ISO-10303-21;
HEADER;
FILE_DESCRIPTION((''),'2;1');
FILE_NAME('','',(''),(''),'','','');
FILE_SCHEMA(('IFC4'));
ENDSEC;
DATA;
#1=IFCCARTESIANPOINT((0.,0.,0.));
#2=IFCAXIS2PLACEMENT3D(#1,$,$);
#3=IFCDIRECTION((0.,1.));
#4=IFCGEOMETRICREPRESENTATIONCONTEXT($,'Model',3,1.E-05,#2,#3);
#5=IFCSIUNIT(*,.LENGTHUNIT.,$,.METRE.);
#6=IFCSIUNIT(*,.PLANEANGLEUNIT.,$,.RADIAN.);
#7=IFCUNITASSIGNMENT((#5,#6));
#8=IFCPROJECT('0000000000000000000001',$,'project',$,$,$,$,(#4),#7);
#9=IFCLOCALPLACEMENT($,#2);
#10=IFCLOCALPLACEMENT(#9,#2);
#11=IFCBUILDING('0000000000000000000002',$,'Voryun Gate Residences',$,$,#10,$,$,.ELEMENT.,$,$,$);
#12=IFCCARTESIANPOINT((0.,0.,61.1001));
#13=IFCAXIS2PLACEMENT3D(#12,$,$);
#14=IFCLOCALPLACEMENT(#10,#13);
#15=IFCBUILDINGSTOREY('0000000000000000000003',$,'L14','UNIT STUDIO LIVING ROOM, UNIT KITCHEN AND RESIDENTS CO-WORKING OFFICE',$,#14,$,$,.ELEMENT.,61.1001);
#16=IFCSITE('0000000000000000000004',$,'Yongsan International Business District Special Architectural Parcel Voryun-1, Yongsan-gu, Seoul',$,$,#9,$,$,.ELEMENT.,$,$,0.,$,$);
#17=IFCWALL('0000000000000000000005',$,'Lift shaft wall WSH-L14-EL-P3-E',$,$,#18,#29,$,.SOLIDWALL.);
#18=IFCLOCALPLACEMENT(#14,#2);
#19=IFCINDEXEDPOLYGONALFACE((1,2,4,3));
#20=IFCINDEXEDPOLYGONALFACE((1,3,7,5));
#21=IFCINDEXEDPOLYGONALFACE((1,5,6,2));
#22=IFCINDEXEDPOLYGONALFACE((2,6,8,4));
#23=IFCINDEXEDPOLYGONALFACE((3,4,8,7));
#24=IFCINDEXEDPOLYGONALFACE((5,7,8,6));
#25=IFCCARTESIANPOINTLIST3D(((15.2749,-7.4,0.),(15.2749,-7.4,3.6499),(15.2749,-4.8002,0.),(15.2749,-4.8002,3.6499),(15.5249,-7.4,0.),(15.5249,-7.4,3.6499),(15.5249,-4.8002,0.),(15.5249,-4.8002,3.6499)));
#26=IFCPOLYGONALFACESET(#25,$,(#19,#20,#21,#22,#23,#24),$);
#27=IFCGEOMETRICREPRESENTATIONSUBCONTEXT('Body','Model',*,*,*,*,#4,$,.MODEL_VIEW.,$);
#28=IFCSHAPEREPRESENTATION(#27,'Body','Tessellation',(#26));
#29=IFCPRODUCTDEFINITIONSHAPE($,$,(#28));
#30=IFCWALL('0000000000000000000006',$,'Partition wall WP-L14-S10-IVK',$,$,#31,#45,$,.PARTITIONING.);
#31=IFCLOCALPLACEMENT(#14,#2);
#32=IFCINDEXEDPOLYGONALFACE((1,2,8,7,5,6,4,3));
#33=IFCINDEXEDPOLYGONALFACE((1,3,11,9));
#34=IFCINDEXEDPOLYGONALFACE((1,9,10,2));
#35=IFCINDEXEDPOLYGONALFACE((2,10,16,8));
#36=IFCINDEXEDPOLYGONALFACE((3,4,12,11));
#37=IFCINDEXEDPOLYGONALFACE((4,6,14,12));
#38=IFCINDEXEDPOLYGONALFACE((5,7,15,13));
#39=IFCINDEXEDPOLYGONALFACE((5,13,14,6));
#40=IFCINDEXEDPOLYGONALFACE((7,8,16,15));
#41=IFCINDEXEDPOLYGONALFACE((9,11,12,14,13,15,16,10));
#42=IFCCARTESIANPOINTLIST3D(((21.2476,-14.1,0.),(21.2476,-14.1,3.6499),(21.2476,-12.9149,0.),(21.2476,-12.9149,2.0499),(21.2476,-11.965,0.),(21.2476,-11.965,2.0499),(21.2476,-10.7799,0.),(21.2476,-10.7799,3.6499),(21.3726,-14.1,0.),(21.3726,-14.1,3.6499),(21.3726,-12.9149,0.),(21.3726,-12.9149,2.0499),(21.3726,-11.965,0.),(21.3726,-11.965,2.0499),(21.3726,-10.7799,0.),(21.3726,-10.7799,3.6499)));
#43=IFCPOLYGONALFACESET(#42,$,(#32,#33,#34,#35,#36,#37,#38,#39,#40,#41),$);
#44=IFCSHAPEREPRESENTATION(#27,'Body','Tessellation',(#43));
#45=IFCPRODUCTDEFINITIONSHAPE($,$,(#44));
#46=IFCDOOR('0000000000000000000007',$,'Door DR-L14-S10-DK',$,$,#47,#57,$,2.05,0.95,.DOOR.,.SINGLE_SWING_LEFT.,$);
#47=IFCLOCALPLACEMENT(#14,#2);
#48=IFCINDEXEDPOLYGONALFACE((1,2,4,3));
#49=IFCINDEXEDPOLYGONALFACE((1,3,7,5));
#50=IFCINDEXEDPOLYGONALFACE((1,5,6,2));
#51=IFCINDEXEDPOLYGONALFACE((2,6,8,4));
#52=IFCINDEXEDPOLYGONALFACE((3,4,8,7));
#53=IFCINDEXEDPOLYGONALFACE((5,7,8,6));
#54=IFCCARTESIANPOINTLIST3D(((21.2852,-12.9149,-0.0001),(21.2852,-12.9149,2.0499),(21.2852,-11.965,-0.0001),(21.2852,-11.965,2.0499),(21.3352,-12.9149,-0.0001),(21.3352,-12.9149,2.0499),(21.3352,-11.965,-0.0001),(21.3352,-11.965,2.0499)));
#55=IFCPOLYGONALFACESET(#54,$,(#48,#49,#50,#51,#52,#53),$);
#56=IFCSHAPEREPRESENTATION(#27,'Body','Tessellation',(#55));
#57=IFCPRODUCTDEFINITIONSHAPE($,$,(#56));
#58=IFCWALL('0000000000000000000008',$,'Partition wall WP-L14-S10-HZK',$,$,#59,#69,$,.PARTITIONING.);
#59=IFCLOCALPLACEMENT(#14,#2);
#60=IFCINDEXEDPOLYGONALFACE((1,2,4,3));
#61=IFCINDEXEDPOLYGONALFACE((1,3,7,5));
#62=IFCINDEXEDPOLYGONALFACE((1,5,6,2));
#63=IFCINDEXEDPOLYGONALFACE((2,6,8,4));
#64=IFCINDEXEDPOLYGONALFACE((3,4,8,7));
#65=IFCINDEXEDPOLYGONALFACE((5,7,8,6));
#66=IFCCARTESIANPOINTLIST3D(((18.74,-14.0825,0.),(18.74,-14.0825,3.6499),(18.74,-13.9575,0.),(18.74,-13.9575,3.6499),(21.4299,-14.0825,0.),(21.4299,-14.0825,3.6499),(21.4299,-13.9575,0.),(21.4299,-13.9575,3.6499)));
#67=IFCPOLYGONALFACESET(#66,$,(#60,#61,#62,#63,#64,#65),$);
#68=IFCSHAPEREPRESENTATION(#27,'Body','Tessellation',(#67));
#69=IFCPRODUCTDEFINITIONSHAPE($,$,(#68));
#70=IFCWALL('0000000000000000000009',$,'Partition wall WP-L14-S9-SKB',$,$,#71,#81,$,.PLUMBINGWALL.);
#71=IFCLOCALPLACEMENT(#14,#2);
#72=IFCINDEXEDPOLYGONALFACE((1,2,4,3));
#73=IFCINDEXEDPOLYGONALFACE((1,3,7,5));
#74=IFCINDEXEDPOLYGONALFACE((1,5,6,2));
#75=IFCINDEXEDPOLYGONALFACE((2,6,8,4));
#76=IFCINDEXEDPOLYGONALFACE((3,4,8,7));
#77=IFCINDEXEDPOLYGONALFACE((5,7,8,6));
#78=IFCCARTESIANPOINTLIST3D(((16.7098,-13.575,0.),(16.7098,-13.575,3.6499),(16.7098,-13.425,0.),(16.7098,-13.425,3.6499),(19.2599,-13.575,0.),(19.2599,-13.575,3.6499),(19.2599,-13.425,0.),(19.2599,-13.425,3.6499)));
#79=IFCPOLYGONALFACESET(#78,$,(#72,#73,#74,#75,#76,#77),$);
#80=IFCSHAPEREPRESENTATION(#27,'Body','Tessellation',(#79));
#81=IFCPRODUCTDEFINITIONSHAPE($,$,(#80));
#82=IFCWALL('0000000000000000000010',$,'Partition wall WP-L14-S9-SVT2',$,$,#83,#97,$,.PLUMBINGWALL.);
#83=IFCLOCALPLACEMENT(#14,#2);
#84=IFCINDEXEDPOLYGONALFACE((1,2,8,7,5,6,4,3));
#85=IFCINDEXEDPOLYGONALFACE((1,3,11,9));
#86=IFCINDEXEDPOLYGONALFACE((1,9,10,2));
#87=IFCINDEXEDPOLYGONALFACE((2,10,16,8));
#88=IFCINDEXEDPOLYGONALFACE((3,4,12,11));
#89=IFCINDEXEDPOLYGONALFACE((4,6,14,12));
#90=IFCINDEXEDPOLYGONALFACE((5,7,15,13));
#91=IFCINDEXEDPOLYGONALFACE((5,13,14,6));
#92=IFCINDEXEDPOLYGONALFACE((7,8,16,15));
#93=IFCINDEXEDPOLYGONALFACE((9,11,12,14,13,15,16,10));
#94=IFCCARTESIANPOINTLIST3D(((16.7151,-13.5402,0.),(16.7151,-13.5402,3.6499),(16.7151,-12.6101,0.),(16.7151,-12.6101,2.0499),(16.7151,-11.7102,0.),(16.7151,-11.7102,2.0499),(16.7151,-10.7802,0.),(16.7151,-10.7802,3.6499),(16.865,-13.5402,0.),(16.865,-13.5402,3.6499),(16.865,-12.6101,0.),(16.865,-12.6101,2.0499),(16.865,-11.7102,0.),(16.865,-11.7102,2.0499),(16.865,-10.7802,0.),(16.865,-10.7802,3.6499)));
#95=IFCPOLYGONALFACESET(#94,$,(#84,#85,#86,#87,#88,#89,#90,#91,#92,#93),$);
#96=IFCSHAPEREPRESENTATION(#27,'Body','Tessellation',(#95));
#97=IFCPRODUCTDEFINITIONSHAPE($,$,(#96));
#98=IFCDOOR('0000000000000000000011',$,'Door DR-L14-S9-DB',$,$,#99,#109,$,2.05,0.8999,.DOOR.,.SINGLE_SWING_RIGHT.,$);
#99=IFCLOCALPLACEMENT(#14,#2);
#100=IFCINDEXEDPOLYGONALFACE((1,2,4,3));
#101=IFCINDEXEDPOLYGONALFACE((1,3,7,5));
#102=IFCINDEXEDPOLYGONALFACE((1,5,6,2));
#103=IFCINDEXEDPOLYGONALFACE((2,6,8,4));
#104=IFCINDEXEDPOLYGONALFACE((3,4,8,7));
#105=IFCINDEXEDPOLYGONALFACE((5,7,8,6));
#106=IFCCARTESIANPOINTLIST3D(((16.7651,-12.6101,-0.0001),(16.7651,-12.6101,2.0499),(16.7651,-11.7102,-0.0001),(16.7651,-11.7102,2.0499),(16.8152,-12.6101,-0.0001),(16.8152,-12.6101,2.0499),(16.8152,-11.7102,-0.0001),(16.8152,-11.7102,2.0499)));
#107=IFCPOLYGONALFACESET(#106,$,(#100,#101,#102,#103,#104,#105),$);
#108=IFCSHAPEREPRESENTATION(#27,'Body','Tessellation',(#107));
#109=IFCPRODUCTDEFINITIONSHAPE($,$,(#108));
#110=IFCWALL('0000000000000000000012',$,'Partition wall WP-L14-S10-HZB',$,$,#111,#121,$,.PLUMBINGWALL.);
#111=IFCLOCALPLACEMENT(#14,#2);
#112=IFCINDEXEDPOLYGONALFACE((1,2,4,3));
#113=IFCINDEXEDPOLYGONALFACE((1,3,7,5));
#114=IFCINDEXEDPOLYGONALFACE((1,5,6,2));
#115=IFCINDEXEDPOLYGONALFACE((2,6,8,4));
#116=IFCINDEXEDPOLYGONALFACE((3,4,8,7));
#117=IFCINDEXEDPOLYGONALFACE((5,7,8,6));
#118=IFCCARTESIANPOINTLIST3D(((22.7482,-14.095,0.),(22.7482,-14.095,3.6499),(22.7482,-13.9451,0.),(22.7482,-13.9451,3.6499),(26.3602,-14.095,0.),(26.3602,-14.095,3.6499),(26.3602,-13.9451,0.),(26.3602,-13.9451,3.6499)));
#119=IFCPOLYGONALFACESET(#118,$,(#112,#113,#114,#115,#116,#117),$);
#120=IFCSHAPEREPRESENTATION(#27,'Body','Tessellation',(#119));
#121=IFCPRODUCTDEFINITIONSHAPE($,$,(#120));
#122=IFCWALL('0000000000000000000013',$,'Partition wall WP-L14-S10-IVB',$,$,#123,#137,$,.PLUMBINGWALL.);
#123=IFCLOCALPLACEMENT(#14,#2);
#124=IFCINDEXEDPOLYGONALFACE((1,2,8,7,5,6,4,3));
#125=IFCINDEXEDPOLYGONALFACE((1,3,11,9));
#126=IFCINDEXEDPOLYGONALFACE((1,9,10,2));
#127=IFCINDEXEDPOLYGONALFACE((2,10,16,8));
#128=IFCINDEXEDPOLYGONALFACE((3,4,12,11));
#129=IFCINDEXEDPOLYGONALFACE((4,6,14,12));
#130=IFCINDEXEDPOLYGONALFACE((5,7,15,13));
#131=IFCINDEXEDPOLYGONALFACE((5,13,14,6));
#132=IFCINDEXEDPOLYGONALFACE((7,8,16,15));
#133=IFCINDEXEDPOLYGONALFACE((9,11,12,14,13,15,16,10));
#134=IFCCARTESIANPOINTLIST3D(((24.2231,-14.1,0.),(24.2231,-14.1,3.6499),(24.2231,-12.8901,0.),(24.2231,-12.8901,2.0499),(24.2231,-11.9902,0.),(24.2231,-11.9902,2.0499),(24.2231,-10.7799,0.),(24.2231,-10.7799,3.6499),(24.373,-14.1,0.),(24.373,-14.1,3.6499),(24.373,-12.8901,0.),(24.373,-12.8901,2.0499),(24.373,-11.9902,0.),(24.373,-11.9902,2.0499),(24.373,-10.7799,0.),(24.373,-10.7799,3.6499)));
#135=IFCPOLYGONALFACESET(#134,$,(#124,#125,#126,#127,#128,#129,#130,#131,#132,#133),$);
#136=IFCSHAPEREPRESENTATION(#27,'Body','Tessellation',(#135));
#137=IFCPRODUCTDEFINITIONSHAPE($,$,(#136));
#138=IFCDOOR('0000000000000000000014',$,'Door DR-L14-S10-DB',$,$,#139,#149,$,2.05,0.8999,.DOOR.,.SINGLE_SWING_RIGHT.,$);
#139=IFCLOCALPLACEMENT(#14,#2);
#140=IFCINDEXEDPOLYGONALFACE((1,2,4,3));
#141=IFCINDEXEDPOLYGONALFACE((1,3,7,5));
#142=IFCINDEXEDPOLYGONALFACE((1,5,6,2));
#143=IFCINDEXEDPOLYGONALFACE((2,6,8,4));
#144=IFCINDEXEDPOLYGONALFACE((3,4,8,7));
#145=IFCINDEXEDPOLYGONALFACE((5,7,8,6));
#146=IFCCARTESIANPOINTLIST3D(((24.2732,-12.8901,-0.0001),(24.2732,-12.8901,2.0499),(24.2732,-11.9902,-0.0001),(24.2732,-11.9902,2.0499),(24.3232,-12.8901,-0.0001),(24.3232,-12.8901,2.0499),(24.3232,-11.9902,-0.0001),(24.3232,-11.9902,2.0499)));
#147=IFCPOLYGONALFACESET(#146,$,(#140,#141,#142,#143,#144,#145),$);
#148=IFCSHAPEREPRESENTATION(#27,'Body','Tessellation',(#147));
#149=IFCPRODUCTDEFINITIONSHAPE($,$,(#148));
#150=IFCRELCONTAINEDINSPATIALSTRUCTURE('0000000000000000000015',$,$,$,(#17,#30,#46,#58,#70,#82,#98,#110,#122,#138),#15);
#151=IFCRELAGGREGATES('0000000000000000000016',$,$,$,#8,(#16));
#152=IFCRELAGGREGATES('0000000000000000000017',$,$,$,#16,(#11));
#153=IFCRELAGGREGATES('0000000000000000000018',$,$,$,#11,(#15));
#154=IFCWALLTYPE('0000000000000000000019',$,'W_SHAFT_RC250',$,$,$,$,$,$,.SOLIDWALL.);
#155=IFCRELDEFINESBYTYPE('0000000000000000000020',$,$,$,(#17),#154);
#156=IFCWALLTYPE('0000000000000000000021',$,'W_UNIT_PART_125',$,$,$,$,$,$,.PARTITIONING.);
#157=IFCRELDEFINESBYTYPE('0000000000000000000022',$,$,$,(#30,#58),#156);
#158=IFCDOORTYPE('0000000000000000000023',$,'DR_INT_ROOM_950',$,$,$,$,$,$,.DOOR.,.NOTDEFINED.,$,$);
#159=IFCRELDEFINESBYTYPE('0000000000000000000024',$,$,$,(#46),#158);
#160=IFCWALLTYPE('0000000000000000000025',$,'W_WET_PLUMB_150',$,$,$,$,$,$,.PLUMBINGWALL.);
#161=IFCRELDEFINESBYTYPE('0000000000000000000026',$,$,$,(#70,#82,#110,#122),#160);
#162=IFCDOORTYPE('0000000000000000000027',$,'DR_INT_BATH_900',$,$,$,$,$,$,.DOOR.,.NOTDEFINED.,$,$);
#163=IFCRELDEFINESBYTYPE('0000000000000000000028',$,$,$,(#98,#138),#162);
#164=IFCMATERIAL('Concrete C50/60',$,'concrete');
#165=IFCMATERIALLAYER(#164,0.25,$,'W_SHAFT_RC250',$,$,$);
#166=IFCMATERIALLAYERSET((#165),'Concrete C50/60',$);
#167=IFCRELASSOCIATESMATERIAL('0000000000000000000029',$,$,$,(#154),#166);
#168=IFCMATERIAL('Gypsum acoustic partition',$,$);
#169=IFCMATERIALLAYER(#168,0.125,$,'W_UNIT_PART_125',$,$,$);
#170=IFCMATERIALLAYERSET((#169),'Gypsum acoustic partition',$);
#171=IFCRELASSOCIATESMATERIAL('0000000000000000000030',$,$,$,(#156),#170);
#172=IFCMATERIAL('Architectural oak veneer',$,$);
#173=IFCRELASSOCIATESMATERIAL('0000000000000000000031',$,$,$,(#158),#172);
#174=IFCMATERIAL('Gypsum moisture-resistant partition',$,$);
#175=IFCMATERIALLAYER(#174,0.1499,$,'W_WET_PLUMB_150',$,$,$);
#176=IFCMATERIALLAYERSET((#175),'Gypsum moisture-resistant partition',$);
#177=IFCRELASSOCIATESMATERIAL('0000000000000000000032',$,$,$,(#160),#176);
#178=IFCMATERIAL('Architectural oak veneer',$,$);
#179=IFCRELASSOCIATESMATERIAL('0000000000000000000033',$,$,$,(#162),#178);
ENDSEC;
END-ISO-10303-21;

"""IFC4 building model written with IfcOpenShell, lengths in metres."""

from ifc_helpers import new_model, si_unit, direction, frame, frame_2d, origin, place, context, subcontext, project, spatial, rectangle, extrude, material, layer, layer_set, type_object, element, fill, save


model = new_model("IFC4")

# Units and contexts
model_context = context("Model", 3, precision=1e-05, world=origin(), true_north=direction((0.0, 1.0)))
body_context = subcontext(model_context, "Body", "Model", "MODEL_VIEW")
ifc_project = project(units=[si_unit("LENGTHUNIT", "METRE"), si_unit("PLANEANGLEUNIT", "RADIAN")], contexts=[model_context])

# Site, building, storey
site_placement = place(None, origin())
site = spatial("IfcSite", under=ifc_project, at=site_placement, Name="Yongsan International Business District Special Architectural Parcel Voryun-1, Yongsan-gu, Seoul", CompositionType="ELEMENT", RefElevation=0.0)
building_placement = place(site_placement, origin())
building = spatial("IfcBuilding", under=site, at=building_placement, Name="Voryun Gate Residences", CompositionType="ELEMENT")
storey_placement = place(building_placement, frame((0.0, 0.0, 61.1001)))
storey = spatial("IfcBuildingStorey", under=building, at=storey_placement, Name="L14", Description="UNIT STUDIO LIVING ROOM, UNIT KITCHEN AND RESIDENTS CO-WORKING OFFICE", CompositionType="ELEMENT", Elevation=61.1001)

# Wall
ifc_material_1 = material(Name="Concrete C50/60", Category="concrete")
ifc_layer_1 = layer(ifc_material_1, 0.25, Name="W_SHAFT_RC250")
ifc_layer_set_1 = layer_set([ifc_layer_1], Name="Concrete C50/60")
wall_type_1 = type_object("IfcWallType", Name="W_SHAFT_RC250", PredefinedType="SOLIDWALL", material=ifc_layer_set_1)
wall_1_placement = place(storey_placement, frame((15.3999, -7.3999, 0.0), z_axis=(0.0, 0.0, 1.0), x_axis=(0.0, 1.0, 0.0)))
element("IfcWall", 1, at=wall_1_placement, inside=storey, type_object=wall_type_1, Name="Lift shaft wall WSH-L14-EL-P3-E", PredefinedType="SOLIDWALL", context=body_context, shape_type="SweptSolid", body=[
    extrude(rectangle(XDim=2.5999, YDim=0.25, at=frame_2d((1.2998, 0.0))), origin(), (0.0, 0.0, 1.0), 3.6499),
])

# Wall, opening, door
ifc_material_2 = material(Name="Gypsum acoustic partition")
ifc_layer_2 = layer(ifc_material_2, 0.125, Name="W_UNIT_PART_125")
ifc_layer_set_2 = layer_set([ifc_layer_2], Name="Gypsum acoustic partition")
wall_type_2 = type_object("IfcWallType", Name="W_UNIT_PART_125", PredefinedType="PARTITIONING", material=ifc_layer_set_2)
wall_2_placement = place(storey_placement, frame((21.3101, -14.1001, 0.0), z_axis=(0.0, 0.0, 1.0), x_axis=(0.0, 1.0, 0.0)))
wall_2 = element("IfcWall", 2, at=wall_2_placement, inside=storey, type_object=wall_type_2, Name="Partition wall WP-L14-S10-IVK", PredefinedType="PARTITIONING", context=body_context, shape_type="SweptSolid", body=[
    extrude(rectangle(XDim=3.3201, YDim=0.125, at=frame_2d((1.6602, 0.0))), origin(), (0.0, 0.0, 1.0), 3.6499),
])
opening_1_placement = place(wall_2_placement, frame((1.1851, 0.0, 0.0)))
opening_1 = element("IfcOpeningElement", 3, at=opening_1_placement, cuts=wall_2, PredefinedType="OPENING", context=body_context, shape_type="SweptSolid", body=[
    extrude(rectangle(XDim=0.95, YDim=2.05, at=frame_2d((0.4751, 1.0249))), frame((0.0, 0.0725, 0.0), z_axis=(0.0, -1.0, 0.0), x_axis=(1.0, 0.0, 0.0)), (0.0, 0.0, 1.0), 0.145),
])
ifc_material_3 = material(Name="Architectural oak veneer")
door_type_1 = type_object("IfcDoorType", Name="DR_INT_ROOM_950", OperationType="NOTDEFINED", PredefinedType="DOOR", material=ifc_material_3)
door_1_placement = place(opening_1_placement, origin())
door_1 = element("IfcDoor", 4, at=door_1_placement, inside=storey, type_object=door_type_1, Name="Door DR-L14-S10-DK", OperationType="SINGLE_SWING_LEFT", OverallHeight=2.05, OverallWidth=0.95, PredefinedType="DOOR", context=body_context, shape_type="SweptSolid", body=[
    extrude(rectangle(XDim=0.95, YDim=2.05, at=frame_2d((0.4751, 1.0249))), frame((0.0, 0.0249, 0.0), z_axis=(0.0, -1.0, 0.0), x_axis=(1.0, 0.0, 0.0)), (0.0, 0.0, 1.0), 0.05),
])
fill(opening_1, door_1)

# Walls
wall_3_placement = place(storey_placement, frame((18.74, -14.02, 0.0), z_axis=(0.0, 0.0, 1.0), x_axis=(1.0, 0.0, 0.0)))
element("IfcWall", 5, at=wall_3_placement, inside=storey, type_object=wall_type_2, Name="Partition wall WP-L14-S10-HZK", PredefinedType="PARTITIONING", context=body_context, shape_type="SweptSolid", body=[
    extrude(rectangle(XDim=2.6899, YDim=0.125, at=frame_2d((1.345, 0.0))), origin(), (0.0, 0.0, 1.0), 3.6499),
])
ifc_material_4 = material(Name="Gypsum moisture-resistant partition")
ifc_layer_3 = layer(ifc_material_4, 0.1499, Name="W_WET_PLUMB_150")
ifc_layer_set_3 = layer_set([ifc_layer_3], Name="Gypsum moisture-resistant partition")
wall_type_3 = type_object("IfcWallType", Name="W_WET_PLUMB_150", PredefinedType="PLUMBINGWALL", material=ifc_layer_set_3)
wall_4_placement = place(storey_placement, frame((16.71, -13.5, 0.0), z_axis=(0.0, 0.0, 1.0), x_axis=(1.0, 0.0, 0.0)))
element("IfcWall", 6, at=wall_4_placement, inside=storey, type_object=wall_type_3, Name="Partition wall WP-L14-S9-SKB", PredefinedType="PLUMBINGWALL", context=body_context, shape_type="SweptSolid", body=[
    extrude(rectangle(XDim=2.55, YDim=0.1499, at=frame_2d((1.2749, 0.0))), origin(), (0.0, 0.0, 1.0), 3.6499),
])

# Wall, opening, door
wall_5_placement = place(storey_placement, frame((16.79, -13.54, 0.0), z_axis=(0.0, 0.0, 1.0), x_axis=(0.0, 1.0, 0.0)))
wall_5 = element("IfcWall", 7, at=wall_5_placement, inside=storey, type_object=wall_type_3, Name="Partition wall WP-L14-S9-SVT2", PredefinedType="PLUMBINGWALL", context=body_context, shape_type="SweptSolid", body=[
    extrude(rectangle(XDim=2.76, YDim=0.1499, at=frame_2d((1.3799, 0.0))), origin(), (0.0, 0.0, 1.0), 3.6499),
])
opening_2_placement = place(wall_5_placement, frame((0.9299, 0.0, 0.0)))
opening_2 = element("IfcOpeningElement", 8, at=opening_2_placement, cuts=wall_5, PredefinedType="OPENING", context=body_context, shape_type="SweptSolid", body=[
    extrude(rectangle(XDim=0.8999, YDim=2.05, at=frame_2d((0.45, 1.0249))), frame((0.0, 0.085, 0.0), z_axis=(0.0, -1.0, 0.0), x_axis=(1.0, 0.0, 0.0)), (0.0, 0.0, 1.0), 0.1699),
])
ifc_material_5 = material(Name="Architectural oak veneer")
door_type_2 = type_object("IfcDoorType", Name="DR_INT_BATH_900", OperationType="NOTDEFINED", PredefinedType="DOOR", material=ifc_material_5)
door_2_placement = place(opening_2_placement, origin())
door_2 = element("IfcDoor", 9, at=door_2_placement, inside=storey, type_object=door_type_2, Name="Door DR-L14-S9-DB", OperationType="SINGLE_SWING_RIGHT", OverallHeight=2.05, OverallWidth=0.8999, PredefinedType="DOOR", context=body_context, shape_type="SweptSolid", body=[
    extrude(rectangle(XDim=0.8999, YDim=2.05, at=frame_2d((0.45, 1.0249))), frame((0.0, 0.0249, 0.0), z_axis=(0.0, -1.0, 0.0), x_axis=(1.0, 0.0, 0.0)), (0.0, 0.0, 1.0), 0.05),
])
fill(opening_2, door_2)

# Wall
wall_6_placement = place(storey_placement, frame((22.748, -14.02, 0.0), z_axis=(0.0, 0.0, 1.0), x_axis=(1.0, 0.0, 0.0)))
element("IfcWall", 10, at=wall_6_placement, inside=storey, type_object=wall_type_3, Name="Partition wall WP-L14-S10-HZB", PredefinedType="PLUMBINGWALL", context=body_context, shape_type="SweptSolid", body=[
    extrude(rectangle(XDim=3.6121, YDim=0.1499, at=frame_2d((1.8062, 0.0))), origin(), (0.0, 0.0, 1.0), 3.6499),
])

# Wall, opening, door
wall_7_placement = place(storey_placement, frame((24.2981, -14.1001, 0.0), z_axis=(0.0, 0.0, 1.0), x_axis=(0.0, 1.0, 0.0)))
wall_7 = element("IfcWall", 11, at=wall_7_placement, inside=storey, type_object=wall_type_3, Name="Partition wall WP-L14-S10-IVB", PredefinedType="PLUMBINGWALL", context=body_context, shape_type="SweptSolid", body=[
    extrude(rectangle(XDim=3.3201, YDim=0.1499, at=frame_2d((1.6602, 0.0))), origin(), (0.0, 0.0, 1.0), 3.6499),
])
opening_3_placement = place(wall_7_placement, frame((1.21, 0.0, 0.0)))
opening_3 = element("IfcOpeningElement", 12, at=opening_3_placement, cuts=wall_7, PredefinedType="OPENING", context=body_context, shape_type="SweptSolid", body=[
    extrude(rectangle(XDim=0.8999, YDim=2.05, at=frame_2d((0.45, 1.0249))), frame((0.0, 0.085, 0.0), z_axis=(0.0, -1.0, 0.0), x_axis=(1.0, 0.0, 0.0)), (0.0, 0.0, 1.0), 0.1699),
])
door_3_placement = place(opening_3_placement, origin())
door_3 = element("IfcDoor", 13, at=door_3_placement, inside=storey, type_object=door_type_2, Name="Door DR-L14-S10-DB", OperationType="SINGLE_SWING_RIGHT", OverallHeight=2.05, OverallWidth=0.8999, PredefinedType="DOOR", context=body_context, shape_type="SweptSolid", body=[
    extrude(rectangle(XDim=0.8999, YDim=2.05, at=frame_2d((0.45, 1.0249))), frame((0.0, 0.0249, 0.0), z_axis=(0.0, -1.0, 0.0), x_axis=(1.0, 0.0, 0.0)), (0.0, 0.0, 1.0), 0.05),
])
fill(opening_3, door_3)

save(model, "model.ifc")
